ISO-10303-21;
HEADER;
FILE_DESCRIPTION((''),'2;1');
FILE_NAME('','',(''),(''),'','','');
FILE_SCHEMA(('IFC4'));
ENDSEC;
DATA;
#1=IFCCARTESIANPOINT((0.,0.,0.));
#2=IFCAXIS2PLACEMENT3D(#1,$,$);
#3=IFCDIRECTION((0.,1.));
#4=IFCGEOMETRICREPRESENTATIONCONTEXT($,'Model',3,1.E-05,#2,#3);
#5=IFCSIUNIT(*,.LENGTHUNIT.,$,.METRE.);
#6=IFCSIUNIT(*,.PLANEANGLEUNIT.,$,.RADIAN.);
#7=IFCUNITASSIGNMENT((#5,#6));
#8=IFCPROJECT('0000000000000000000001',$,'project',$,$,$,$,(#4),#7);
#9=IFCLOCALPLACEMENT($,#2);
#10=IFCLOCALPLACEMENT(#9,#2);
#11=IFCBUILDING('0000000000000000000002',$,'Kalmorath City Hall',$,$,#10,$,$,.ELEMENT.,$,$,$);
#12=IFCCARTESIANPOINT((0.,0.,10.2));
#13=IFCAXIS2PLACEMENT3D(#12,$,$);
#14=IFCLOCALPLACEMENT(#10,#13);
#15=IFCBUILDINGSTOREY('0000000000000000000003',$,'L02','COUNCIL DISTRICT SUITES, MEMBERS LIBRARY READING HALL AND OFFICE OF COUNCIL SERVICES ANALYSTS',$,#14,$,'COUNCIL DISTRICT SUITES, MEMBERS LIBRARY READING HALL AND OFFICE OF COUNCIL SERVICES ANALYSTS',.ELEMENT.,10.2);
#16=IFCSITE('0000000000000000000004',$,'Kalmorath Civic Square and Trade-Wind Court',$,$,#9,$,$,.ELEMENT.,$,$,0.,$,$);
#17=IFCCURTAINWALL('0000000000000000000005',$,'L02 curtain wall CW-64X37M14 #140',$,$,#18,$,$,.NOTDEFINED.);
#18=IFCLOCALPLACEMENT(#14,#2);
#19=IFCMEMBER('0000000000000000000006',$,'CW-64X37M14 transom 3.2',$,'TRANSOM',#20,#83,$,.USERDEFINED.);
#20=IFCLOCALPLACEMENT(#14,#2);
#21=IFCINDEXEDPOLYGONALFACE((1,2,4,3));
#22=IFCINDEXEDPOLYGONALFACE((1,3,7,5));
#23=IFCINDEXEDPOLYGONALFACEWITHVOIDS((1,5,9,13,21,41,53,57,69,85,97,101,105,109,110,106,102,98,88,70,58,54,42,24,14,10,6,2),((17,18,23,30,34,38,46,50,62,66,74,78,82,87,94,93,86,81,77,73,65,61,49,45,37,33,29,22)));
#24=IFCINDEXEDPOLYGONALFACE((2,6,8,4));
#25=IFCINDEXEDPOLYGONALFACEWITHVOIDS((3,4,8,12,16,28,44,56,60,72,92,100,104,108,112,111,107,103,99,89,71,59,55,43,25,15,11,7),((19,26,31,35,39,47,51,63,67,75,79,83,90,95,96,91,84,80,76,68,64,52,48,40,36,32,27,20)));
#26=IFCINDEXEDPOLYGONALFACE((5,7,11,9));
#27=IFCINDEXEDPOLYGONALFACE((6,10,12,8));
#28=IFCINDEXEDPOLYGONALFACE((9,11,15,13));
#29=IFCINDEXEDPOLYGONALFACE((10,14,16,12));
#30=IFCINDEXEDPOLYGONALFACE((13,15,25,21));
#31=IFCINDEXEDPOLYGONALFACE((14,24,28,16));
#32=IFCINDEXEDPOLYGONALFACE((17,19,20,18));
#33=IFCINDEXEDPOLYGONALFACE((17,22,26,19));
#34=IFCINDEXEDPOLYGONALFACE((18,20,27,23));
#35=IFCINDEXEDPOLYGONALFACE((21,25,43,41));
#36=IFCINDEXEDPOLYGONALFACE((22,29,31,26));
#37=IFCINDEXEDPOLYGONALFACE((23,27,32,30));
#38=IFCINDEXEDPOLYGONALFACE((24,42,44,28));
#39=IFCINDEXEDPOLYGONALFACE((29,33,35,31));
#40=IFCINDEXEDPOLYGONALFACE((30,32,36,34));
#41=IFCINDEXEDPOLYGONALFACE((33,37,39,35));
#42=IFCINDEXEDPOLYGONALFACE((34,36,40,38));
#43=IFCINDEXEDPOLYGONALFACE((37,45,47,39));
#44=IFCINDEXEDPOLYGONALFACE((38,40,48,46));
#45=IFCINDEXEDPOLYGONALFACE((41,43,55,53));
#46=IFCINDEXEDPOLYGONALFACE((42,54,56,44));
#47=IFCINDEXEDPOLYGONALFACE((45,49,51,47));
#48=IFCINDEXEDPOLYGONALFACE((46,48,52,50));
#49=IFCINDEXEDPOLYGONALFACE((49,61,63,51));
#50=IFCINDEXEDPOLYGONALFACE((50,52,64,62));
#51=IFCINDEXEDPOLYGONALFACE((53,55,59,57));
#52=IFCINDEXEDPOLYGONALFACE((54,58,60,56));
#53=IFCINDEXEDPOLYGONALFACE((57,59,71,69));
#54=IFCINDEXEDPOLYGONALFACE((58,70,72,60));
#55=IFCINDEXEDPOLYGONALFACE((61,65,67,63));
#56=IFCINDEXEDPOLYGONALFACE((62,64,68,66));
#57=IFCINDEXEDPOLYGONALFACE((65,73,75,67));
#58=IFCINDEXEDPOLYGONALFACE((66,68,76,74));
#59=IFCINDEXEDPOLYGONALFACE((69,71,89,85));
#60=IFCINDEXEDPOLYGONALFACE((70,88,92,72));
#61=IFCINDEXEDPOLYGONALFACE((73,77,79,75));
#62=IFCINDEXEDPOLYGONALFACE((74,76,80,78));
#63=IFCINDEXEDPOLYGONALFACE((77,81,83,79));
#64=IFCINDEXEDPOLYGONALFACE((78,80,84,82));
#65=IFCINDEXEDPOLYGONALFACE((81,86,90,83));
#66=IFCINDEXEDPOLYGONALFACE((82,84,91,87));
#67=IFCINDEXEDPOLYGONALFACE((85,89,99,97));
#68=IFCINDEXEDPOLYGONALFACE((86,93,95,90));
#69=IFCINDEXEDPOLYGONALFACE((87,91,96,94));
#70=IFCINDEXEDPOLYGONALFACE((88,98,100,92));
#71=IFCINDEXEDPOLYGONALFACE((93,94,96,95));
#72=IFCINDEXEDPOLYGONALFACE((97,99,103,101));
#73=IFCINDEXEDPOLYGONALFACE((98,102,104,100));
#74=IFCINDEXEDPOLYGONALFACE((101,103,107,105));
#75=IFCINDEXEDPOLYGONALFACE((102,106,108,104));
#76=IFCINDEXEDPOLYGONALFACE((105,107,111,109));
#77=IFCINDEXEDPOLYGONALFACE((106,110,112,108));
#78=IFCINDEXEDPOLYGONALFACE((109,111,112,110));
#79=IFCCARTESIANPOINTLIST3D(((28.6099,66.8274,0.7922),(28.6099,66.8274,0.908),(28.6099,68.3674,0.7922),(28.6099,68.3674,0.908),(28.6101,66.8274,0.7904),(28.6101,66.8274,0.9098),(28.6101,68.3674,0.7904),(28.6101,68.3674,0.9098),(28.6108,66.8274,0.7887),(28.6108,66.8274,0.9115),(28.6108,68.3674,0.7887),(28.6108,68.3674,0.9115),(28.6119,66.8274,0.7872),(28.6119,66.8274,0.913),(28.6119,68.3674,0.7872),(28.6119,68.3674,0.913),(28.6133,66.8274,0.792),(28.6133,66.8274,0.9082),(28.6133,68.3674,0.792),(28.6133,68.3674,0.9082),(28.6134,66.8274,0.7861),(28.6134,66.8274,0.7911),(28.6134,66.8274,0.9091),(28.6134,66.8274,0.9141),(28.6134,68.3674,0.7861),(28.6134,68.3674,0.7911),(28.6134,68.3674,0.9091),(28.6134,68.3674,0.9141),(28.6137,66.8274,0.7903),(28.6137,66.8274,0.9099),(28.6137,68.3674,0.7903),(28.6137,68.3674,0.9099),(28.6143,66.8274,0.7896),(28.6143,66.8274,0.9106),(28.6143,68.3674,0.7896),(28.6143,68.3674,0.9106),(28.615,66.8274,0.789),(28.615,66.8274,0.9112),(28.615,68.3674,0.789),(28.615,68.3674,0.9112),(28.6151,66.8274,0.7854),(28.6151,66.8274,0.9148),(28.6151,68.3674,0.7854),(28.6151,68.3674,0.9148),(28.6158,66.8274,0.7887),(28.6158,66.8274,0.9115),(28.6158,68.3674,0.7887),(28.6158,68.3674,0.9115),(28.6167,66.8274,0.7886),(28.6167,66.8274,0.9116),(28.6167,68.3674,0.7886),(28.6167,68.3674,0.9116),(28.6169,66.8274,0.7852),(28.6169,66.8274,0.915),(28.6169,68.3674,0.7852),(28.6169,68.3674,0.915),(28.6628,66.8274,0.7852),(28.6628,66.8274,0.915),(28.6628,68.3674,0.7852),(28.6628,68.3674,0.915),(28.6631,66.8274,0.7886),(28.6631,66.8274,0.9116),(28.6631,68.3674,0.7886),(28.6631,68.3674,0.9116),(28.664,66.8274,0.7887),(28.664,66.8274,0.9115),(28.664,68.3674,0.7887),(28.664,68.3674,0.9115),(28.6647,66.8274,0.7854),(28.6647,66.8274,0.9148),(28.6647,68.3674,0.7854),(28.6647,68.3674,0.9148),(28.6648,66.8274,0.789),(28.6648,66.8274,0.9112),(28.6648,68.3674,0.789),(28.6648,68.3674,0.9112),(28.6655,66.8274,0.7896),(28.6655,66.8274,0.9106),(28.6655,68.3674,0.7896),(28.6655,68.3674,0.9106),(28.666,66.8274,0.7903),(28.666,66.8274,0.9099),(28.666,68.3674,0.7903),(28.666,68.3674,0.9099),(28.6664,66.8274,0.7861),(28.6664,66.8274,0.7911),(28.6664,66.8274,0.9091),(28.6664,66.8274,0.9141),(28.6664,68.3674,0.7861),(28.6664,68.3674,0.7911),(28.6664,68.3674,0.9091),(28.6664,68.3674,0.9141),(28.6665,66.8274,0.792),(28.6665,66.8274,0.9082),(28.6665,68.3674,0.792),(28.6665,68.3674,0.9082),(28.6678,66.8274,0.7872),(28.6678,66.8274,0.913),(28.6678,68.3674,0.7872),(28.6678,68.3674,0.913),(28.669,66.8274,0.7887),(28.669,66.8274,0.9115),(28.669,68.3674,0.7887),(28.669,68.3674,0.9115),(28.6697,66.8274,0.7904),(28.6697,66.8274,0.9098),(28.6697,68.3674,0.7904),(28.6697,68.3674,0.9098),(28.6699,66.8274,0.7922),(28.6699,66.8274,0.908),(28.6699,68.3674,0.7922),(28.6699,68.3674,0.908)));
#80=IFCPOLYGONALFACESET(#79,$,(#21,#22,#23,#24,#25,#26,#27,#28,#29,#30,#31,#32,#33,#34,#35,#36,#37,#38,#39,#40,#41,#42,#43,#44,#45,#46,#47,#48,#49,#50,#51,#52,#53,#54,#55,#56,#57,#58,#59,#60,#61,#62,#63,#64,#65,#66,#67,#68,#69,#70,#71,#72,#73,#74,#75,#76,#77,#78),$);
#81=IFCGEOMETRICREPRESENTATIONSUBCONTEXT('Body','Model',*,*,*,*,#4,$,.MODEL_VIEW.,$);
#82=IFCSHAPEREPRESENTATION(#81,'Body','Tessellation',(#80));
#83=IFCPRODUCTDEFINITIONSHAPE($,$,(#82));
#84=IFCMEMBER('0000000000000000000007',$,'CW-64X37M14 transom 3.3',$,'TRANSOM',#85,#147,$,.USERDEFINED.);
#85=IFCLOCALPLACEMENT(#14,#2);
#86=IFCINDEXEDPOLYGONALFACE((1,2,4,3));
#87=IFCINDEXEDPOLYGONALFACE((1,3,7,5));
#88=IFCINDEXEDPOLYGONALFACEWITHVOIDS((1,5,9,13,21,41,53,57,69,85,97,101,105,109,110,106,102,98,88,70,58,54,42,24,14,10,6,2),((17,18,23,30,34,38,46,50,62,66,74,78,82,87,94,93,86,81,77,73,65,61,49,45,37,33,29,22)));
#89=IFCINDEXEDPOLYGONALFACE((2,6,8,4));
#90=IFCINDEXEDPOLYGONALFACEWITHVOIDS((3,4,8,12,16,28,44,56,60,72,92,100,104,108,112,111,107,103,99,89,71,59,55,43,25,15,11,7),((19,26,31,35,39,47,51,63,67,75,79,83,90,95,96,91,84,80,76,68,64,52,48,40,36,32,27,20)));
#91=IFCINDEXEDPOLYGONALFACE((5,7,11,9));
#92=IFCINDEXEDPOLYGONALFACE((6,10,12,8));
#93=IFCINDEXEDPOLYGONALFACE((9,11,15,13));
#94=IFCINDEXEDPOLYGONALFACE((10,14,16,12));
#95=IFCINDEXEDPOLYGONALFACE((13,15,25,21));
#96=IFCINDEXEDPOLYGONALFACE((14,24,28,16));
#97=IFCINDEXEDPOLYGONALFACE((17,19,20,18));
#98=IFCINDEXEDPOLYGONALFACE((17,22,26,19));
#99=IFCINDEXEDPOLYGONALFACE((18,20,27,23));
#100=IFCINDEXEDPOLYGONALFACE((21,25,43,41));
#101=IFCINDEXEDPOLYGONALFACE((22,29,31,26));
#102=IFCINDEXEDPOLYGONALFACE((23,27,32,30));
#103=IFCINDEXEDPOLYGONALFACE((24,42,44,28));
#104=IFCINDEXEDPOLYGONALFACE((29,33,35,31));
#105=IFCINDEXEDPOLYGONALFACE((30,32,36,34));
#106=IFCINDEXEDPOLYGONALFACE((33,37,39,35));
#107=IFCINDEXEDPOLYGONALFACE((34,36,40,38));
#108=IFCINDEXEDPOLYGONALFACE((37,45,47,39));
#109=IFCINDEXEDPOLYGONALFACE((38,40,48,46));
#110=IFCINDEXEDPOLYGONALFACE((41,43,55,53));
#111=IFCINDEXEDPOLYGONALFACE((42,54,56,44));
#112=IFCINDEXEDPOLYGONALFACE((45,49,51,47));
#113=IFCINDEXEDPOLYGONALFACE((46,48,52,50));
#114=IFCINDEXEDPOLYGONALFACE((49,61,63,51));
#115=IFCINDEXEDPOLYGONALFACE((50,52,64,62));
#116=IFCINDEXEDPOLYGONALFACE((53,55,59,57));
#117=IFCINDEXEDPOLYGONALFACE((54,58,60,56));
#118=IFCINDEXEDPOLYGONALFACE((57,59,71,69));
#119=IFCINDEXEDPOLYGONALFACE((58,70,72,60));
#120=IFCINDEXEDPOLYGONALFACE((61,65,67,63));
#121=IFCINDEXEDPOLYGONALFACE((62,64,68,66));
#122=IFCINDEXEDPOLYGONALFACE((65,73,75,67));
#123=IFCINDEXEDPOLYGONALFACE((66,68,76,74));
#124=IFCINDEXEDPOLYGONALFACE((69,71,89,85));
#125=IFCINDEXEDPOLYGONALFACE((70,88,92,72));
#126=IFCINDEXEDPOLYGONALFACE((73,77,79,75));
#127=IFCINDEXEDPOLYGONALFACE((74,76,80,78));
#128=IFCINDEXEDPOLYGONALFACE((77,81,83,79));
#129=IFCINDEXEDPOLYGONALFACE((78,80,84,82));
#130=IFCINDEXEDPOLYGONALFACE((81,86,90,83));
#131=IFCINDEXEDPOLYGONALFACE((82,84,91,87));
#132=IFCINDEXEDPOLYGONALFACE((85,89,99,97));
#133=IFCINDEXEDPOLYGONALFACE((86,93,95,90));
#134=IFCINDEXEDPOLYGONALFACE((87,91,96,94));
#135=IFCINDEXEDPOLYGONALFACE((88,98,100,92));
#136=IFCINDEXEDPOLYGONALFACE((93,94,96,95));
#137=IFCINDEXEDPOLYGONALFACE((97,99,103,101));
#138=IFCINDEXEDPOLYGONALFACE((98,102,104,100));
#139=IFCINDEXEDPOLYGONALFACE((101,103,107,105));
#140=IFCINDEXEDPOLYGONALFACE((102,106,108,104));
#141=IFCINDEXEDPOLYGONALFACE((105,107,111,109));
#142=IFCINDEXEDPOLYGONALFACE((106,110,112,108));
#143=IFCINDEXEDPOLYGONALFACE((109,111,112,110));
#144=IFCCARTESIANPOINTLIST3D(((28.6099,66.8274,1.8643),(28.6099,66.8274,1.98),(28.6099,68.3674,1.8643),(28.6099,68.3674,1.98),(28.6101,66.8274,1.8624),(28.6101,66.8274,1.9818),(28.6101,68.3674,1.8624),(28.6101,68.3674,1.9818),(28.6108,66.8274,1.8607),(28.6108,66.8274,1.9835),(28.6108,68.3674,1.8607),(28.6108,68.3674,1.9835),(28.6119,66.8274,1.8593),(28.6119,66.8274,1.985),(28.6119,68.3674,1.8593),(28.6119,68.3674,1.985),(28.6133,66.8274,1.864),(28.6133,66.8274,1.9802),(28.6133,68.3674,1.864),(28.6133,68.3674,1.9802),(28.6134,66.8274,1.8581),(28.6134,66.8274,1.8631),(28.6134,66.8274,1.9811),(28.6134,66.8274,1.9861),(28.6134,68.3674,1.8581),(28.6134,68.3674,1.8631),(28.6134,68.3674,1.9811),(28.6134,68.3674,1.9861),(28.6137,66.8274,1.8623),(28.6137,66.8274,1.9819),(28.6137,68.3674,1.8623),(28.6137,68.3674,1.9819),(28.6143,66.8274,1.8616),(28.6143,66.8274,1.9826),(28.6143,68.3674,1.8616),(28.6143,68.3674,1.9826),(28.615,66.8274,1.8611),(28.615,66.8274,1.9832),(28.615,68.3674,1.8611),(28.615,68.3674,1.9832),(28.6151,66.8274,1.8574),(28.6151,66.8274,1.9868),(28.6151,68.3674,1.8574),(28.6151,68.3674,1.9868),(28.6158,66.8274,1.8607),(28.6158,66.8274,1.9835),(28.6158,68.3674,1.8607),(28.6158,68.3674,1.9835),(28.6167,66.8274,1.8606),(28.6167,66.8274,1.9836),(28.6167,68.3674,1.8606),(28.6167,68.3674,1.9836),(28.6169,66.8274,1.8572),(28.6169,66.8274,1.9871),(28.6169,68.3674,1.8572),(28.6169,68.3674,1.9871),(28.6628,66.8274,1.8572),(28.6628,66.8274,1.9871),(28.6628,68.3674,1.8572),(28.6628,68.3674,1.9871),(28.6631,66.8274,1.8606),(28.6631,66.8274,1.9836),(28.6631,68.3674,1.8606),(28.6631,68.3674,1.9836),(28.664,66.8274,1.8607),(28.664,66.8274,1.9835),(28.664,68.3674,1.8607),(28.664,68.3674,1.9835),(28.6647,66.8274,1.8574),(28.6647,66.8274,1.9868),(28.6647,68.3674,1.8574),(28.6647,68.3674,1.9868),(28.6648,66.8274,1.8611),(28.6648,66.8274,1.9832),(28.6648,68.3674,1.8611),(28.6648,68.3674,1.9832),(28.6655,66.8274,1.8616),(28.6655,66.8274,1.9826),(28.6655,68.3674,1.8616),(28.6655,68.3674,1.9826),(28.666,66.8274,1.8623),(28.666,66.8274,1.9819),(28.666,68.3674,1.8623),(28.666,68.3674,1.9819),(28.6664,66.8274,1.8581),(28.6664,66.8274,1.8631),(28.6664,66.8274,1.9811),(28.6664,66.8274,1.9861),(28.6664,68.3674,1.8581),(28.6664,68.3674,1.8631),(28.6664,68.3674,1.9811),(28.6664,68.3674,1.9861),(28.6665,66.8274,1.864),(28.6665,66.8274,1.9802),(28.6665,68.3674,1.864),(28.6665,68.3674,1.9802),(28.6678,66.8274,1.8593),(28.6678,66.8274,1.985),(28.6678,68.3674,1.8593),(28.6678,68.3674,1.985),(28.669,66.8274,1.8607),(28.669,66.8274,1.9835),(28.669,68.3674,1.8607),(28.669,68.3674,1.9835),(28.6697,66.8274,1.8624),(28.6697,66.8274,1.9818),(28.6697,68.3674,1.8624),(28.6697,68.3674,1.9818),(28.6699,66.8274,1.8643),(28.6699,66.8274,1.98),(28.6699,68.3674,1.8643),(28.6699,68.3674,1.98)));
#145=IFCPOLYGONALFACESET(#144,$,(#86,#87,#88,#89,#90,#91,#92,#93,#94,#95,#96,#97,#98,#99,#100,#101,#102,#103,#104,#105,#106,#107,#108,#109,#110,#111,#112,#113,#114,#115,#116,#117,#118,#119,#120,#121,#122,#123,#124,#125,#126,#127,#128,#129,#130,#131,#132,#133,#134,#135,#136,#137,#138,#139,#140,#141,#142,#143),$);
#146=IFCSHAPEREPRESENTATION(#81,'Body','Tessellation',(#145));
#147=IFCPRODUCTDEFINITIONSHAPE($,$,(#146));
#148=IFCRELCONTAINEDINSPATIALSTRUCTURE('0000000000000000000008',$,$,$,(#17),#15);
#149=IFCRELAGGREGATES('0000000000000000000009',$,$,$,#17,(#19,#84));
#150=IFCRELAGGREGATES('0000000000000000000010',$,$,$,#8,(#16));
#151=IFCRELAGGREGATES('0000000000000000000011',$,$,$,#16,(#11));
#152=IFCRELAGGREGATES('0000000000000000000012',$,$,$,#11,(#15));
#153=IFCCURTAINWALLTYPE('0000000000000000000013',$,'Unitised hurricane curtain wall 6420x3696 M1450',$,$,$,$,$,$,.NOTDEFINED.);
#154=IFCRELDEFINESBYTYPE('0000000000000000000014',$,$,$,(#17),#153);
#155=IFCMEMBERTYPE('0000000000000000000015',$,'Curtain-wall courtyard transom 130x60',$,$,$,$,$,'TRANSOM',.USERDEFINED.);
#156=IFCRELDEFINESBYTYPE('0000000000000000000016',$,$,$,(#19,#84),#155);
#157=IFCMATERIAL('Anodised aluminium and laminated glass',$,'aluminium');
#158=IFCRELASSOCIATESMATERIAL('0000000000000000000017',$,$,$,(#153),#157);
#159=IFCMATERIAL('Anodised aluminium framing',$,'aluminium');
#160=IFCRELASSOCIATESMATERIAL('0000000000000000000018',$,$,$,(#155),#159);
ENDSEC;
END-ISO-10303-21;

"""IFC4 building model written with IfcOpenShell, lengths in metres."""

from ifc_helpers import new_model, si_unit, direction, frame, origin, origin_2d, place, context, subcontext, project, spatial, hollow_rectangle, extrude, material, material_profile, profile_set, type_object, element, aggregate, save


model = new_model("IFC4")

# Units and contexts
model_context = context("Model", 3, precision=1e-05, world=origin(), true_north=direction((0.0, 1.0)))
body_context = subcontext(model_context, "Body", "Model", "MODEL_VIEW")
ifc_project = project(units=[si_unit("LENGTHUNIT", "METRE"), si_unit("PLANEANGLEUNIT", "RADIAN")], contexts=[model_context])

# Site, building, storey
site_placement = place(None, origin())
site = spatial("IfcSite", under=ifc_project, at=site_placement, Name="Kalmorath Civic Square and Trade-Wind Court", CompositionType="ELEMENT", RefElevation=0.0)
building_placement = place(site_placement, origin())
building = spatial("IfcBuilding", under=site, at=building_placement, Name="Kalmorath City Hall", CompositionType="ELEMENT")
storey_placement = place(building_placement, frame((0.0, 0.0, 10.2)))
storey = spatial("IfcBuildingStorey", under=building, at=storey_placement, Name="L02", Description="COUNCIL DISTRICT SUITES, MEMBERS LIBRARY READING HALL AND OFFICE OF COUNCIL SERVICES ANALYSTS", LongName="COUNCIL DISTRICT SUITES, MEMBERS LIBRARY READING HALL AND OFFICE OF COUNCIL SERVICES ANALYSTS", CompositionType="ELEMENT", Elevation=10.2)

# Curtain wall, members
ifc_material_1 = material(Name="Anodised aluminium and laminated glass", Category="aluminium")
curtain_wall_type = type_object("IfcCurtainWallType", Name="Unitised hurricane curtain wall 6420x3696 M1450", PredefinedType="NOTDEFINED", material=ifc_material_1)
curtain_wall_placement = place(storey_placement, origin())
curtain_wall = element("IfcCurtainWall", 1, at=curtain_wall_placement, inside=storey, type_object=curtain_wall_type, Name="L02 curtain wall CW-64X37M14 #140", PredefinedType="NOTDEFINED")
ifc_material_2 = material(Name="Anodised aluminium framing", Category="aluminium")
ifc_material_profile_1 = material_profile(ifc_material_2, hollow_rectangle(XDim=0.0601, YDim=0.1299, WallThickness=0.0034, InnerFilletRadius=0.0034, OuterFilletRadius=0.0071, at=origin_2d()), Name="ALU-TRN-130X60X3.5")
ifc_profile_set_1 = profile_set([ifc_material_profile_1], Name="Anodised aluminium framing")
member_type_1 = type_object("IfcMemberType", Name="Curtain-wall courtyard transom 130x60", ElementType="TRANSOM", PredefinedType="USERDEFINED", material=ifc_profile_set_1)
member_1_placement = place(storey_placement, frame((28.6399, 68.3674, 0.8501), z_axis=(0.0, -1.0, 0.0), x_axis=(1.0, 0.0, 0.0)))
member_1 = element("IfcMember", 2, at=member_1_placement, type_object=member_type_1, Name="CW-64X37M14 transom 3.2", ObjectType="TRANSOM", PredefinedType="USERDEFINED", context=body_context, shape_type="SweptSolid", body=[
    extrude(hollow_rectangle(XDim=0.0601, YDim=0.1299, WallThickness=0.0034, InnerFilletRadius=0.0034, OuterFilletRadius=0.0071, at=origin_2d()), origin(), (0.0, 0.0, 1.0), 1.54),
])
member_2_placement = place(storey_placement, frame((28.6399, 68.3674, 1.9221), z_axis=(0.0, -1.0, 0.0), x_axis=(1.0, 0.0, 0.0)))
member_2 = element("IfcMember", 3, at=member_2_placement, type_object=member_type_1, Name="CW-64X37M14 transom 3.3", ObjectType="TRANSOM", PredefinedType="USERDEFINED", context=body_context, shape_type="SweptSolid", body=[
    extrude(hollow_rectangle(XDim=0.0601, YDim=0.1299, WallThickness=0.0034, InnerFilletRadius=0.0034, OuterFilletRadius=0.0071, at=origin_2d()), origin(), (0.0, 0.0, 1.0), 1.54),
])
aggregate(curtain_wall, [member_1, member_2])

save(model, "model.ifc")
